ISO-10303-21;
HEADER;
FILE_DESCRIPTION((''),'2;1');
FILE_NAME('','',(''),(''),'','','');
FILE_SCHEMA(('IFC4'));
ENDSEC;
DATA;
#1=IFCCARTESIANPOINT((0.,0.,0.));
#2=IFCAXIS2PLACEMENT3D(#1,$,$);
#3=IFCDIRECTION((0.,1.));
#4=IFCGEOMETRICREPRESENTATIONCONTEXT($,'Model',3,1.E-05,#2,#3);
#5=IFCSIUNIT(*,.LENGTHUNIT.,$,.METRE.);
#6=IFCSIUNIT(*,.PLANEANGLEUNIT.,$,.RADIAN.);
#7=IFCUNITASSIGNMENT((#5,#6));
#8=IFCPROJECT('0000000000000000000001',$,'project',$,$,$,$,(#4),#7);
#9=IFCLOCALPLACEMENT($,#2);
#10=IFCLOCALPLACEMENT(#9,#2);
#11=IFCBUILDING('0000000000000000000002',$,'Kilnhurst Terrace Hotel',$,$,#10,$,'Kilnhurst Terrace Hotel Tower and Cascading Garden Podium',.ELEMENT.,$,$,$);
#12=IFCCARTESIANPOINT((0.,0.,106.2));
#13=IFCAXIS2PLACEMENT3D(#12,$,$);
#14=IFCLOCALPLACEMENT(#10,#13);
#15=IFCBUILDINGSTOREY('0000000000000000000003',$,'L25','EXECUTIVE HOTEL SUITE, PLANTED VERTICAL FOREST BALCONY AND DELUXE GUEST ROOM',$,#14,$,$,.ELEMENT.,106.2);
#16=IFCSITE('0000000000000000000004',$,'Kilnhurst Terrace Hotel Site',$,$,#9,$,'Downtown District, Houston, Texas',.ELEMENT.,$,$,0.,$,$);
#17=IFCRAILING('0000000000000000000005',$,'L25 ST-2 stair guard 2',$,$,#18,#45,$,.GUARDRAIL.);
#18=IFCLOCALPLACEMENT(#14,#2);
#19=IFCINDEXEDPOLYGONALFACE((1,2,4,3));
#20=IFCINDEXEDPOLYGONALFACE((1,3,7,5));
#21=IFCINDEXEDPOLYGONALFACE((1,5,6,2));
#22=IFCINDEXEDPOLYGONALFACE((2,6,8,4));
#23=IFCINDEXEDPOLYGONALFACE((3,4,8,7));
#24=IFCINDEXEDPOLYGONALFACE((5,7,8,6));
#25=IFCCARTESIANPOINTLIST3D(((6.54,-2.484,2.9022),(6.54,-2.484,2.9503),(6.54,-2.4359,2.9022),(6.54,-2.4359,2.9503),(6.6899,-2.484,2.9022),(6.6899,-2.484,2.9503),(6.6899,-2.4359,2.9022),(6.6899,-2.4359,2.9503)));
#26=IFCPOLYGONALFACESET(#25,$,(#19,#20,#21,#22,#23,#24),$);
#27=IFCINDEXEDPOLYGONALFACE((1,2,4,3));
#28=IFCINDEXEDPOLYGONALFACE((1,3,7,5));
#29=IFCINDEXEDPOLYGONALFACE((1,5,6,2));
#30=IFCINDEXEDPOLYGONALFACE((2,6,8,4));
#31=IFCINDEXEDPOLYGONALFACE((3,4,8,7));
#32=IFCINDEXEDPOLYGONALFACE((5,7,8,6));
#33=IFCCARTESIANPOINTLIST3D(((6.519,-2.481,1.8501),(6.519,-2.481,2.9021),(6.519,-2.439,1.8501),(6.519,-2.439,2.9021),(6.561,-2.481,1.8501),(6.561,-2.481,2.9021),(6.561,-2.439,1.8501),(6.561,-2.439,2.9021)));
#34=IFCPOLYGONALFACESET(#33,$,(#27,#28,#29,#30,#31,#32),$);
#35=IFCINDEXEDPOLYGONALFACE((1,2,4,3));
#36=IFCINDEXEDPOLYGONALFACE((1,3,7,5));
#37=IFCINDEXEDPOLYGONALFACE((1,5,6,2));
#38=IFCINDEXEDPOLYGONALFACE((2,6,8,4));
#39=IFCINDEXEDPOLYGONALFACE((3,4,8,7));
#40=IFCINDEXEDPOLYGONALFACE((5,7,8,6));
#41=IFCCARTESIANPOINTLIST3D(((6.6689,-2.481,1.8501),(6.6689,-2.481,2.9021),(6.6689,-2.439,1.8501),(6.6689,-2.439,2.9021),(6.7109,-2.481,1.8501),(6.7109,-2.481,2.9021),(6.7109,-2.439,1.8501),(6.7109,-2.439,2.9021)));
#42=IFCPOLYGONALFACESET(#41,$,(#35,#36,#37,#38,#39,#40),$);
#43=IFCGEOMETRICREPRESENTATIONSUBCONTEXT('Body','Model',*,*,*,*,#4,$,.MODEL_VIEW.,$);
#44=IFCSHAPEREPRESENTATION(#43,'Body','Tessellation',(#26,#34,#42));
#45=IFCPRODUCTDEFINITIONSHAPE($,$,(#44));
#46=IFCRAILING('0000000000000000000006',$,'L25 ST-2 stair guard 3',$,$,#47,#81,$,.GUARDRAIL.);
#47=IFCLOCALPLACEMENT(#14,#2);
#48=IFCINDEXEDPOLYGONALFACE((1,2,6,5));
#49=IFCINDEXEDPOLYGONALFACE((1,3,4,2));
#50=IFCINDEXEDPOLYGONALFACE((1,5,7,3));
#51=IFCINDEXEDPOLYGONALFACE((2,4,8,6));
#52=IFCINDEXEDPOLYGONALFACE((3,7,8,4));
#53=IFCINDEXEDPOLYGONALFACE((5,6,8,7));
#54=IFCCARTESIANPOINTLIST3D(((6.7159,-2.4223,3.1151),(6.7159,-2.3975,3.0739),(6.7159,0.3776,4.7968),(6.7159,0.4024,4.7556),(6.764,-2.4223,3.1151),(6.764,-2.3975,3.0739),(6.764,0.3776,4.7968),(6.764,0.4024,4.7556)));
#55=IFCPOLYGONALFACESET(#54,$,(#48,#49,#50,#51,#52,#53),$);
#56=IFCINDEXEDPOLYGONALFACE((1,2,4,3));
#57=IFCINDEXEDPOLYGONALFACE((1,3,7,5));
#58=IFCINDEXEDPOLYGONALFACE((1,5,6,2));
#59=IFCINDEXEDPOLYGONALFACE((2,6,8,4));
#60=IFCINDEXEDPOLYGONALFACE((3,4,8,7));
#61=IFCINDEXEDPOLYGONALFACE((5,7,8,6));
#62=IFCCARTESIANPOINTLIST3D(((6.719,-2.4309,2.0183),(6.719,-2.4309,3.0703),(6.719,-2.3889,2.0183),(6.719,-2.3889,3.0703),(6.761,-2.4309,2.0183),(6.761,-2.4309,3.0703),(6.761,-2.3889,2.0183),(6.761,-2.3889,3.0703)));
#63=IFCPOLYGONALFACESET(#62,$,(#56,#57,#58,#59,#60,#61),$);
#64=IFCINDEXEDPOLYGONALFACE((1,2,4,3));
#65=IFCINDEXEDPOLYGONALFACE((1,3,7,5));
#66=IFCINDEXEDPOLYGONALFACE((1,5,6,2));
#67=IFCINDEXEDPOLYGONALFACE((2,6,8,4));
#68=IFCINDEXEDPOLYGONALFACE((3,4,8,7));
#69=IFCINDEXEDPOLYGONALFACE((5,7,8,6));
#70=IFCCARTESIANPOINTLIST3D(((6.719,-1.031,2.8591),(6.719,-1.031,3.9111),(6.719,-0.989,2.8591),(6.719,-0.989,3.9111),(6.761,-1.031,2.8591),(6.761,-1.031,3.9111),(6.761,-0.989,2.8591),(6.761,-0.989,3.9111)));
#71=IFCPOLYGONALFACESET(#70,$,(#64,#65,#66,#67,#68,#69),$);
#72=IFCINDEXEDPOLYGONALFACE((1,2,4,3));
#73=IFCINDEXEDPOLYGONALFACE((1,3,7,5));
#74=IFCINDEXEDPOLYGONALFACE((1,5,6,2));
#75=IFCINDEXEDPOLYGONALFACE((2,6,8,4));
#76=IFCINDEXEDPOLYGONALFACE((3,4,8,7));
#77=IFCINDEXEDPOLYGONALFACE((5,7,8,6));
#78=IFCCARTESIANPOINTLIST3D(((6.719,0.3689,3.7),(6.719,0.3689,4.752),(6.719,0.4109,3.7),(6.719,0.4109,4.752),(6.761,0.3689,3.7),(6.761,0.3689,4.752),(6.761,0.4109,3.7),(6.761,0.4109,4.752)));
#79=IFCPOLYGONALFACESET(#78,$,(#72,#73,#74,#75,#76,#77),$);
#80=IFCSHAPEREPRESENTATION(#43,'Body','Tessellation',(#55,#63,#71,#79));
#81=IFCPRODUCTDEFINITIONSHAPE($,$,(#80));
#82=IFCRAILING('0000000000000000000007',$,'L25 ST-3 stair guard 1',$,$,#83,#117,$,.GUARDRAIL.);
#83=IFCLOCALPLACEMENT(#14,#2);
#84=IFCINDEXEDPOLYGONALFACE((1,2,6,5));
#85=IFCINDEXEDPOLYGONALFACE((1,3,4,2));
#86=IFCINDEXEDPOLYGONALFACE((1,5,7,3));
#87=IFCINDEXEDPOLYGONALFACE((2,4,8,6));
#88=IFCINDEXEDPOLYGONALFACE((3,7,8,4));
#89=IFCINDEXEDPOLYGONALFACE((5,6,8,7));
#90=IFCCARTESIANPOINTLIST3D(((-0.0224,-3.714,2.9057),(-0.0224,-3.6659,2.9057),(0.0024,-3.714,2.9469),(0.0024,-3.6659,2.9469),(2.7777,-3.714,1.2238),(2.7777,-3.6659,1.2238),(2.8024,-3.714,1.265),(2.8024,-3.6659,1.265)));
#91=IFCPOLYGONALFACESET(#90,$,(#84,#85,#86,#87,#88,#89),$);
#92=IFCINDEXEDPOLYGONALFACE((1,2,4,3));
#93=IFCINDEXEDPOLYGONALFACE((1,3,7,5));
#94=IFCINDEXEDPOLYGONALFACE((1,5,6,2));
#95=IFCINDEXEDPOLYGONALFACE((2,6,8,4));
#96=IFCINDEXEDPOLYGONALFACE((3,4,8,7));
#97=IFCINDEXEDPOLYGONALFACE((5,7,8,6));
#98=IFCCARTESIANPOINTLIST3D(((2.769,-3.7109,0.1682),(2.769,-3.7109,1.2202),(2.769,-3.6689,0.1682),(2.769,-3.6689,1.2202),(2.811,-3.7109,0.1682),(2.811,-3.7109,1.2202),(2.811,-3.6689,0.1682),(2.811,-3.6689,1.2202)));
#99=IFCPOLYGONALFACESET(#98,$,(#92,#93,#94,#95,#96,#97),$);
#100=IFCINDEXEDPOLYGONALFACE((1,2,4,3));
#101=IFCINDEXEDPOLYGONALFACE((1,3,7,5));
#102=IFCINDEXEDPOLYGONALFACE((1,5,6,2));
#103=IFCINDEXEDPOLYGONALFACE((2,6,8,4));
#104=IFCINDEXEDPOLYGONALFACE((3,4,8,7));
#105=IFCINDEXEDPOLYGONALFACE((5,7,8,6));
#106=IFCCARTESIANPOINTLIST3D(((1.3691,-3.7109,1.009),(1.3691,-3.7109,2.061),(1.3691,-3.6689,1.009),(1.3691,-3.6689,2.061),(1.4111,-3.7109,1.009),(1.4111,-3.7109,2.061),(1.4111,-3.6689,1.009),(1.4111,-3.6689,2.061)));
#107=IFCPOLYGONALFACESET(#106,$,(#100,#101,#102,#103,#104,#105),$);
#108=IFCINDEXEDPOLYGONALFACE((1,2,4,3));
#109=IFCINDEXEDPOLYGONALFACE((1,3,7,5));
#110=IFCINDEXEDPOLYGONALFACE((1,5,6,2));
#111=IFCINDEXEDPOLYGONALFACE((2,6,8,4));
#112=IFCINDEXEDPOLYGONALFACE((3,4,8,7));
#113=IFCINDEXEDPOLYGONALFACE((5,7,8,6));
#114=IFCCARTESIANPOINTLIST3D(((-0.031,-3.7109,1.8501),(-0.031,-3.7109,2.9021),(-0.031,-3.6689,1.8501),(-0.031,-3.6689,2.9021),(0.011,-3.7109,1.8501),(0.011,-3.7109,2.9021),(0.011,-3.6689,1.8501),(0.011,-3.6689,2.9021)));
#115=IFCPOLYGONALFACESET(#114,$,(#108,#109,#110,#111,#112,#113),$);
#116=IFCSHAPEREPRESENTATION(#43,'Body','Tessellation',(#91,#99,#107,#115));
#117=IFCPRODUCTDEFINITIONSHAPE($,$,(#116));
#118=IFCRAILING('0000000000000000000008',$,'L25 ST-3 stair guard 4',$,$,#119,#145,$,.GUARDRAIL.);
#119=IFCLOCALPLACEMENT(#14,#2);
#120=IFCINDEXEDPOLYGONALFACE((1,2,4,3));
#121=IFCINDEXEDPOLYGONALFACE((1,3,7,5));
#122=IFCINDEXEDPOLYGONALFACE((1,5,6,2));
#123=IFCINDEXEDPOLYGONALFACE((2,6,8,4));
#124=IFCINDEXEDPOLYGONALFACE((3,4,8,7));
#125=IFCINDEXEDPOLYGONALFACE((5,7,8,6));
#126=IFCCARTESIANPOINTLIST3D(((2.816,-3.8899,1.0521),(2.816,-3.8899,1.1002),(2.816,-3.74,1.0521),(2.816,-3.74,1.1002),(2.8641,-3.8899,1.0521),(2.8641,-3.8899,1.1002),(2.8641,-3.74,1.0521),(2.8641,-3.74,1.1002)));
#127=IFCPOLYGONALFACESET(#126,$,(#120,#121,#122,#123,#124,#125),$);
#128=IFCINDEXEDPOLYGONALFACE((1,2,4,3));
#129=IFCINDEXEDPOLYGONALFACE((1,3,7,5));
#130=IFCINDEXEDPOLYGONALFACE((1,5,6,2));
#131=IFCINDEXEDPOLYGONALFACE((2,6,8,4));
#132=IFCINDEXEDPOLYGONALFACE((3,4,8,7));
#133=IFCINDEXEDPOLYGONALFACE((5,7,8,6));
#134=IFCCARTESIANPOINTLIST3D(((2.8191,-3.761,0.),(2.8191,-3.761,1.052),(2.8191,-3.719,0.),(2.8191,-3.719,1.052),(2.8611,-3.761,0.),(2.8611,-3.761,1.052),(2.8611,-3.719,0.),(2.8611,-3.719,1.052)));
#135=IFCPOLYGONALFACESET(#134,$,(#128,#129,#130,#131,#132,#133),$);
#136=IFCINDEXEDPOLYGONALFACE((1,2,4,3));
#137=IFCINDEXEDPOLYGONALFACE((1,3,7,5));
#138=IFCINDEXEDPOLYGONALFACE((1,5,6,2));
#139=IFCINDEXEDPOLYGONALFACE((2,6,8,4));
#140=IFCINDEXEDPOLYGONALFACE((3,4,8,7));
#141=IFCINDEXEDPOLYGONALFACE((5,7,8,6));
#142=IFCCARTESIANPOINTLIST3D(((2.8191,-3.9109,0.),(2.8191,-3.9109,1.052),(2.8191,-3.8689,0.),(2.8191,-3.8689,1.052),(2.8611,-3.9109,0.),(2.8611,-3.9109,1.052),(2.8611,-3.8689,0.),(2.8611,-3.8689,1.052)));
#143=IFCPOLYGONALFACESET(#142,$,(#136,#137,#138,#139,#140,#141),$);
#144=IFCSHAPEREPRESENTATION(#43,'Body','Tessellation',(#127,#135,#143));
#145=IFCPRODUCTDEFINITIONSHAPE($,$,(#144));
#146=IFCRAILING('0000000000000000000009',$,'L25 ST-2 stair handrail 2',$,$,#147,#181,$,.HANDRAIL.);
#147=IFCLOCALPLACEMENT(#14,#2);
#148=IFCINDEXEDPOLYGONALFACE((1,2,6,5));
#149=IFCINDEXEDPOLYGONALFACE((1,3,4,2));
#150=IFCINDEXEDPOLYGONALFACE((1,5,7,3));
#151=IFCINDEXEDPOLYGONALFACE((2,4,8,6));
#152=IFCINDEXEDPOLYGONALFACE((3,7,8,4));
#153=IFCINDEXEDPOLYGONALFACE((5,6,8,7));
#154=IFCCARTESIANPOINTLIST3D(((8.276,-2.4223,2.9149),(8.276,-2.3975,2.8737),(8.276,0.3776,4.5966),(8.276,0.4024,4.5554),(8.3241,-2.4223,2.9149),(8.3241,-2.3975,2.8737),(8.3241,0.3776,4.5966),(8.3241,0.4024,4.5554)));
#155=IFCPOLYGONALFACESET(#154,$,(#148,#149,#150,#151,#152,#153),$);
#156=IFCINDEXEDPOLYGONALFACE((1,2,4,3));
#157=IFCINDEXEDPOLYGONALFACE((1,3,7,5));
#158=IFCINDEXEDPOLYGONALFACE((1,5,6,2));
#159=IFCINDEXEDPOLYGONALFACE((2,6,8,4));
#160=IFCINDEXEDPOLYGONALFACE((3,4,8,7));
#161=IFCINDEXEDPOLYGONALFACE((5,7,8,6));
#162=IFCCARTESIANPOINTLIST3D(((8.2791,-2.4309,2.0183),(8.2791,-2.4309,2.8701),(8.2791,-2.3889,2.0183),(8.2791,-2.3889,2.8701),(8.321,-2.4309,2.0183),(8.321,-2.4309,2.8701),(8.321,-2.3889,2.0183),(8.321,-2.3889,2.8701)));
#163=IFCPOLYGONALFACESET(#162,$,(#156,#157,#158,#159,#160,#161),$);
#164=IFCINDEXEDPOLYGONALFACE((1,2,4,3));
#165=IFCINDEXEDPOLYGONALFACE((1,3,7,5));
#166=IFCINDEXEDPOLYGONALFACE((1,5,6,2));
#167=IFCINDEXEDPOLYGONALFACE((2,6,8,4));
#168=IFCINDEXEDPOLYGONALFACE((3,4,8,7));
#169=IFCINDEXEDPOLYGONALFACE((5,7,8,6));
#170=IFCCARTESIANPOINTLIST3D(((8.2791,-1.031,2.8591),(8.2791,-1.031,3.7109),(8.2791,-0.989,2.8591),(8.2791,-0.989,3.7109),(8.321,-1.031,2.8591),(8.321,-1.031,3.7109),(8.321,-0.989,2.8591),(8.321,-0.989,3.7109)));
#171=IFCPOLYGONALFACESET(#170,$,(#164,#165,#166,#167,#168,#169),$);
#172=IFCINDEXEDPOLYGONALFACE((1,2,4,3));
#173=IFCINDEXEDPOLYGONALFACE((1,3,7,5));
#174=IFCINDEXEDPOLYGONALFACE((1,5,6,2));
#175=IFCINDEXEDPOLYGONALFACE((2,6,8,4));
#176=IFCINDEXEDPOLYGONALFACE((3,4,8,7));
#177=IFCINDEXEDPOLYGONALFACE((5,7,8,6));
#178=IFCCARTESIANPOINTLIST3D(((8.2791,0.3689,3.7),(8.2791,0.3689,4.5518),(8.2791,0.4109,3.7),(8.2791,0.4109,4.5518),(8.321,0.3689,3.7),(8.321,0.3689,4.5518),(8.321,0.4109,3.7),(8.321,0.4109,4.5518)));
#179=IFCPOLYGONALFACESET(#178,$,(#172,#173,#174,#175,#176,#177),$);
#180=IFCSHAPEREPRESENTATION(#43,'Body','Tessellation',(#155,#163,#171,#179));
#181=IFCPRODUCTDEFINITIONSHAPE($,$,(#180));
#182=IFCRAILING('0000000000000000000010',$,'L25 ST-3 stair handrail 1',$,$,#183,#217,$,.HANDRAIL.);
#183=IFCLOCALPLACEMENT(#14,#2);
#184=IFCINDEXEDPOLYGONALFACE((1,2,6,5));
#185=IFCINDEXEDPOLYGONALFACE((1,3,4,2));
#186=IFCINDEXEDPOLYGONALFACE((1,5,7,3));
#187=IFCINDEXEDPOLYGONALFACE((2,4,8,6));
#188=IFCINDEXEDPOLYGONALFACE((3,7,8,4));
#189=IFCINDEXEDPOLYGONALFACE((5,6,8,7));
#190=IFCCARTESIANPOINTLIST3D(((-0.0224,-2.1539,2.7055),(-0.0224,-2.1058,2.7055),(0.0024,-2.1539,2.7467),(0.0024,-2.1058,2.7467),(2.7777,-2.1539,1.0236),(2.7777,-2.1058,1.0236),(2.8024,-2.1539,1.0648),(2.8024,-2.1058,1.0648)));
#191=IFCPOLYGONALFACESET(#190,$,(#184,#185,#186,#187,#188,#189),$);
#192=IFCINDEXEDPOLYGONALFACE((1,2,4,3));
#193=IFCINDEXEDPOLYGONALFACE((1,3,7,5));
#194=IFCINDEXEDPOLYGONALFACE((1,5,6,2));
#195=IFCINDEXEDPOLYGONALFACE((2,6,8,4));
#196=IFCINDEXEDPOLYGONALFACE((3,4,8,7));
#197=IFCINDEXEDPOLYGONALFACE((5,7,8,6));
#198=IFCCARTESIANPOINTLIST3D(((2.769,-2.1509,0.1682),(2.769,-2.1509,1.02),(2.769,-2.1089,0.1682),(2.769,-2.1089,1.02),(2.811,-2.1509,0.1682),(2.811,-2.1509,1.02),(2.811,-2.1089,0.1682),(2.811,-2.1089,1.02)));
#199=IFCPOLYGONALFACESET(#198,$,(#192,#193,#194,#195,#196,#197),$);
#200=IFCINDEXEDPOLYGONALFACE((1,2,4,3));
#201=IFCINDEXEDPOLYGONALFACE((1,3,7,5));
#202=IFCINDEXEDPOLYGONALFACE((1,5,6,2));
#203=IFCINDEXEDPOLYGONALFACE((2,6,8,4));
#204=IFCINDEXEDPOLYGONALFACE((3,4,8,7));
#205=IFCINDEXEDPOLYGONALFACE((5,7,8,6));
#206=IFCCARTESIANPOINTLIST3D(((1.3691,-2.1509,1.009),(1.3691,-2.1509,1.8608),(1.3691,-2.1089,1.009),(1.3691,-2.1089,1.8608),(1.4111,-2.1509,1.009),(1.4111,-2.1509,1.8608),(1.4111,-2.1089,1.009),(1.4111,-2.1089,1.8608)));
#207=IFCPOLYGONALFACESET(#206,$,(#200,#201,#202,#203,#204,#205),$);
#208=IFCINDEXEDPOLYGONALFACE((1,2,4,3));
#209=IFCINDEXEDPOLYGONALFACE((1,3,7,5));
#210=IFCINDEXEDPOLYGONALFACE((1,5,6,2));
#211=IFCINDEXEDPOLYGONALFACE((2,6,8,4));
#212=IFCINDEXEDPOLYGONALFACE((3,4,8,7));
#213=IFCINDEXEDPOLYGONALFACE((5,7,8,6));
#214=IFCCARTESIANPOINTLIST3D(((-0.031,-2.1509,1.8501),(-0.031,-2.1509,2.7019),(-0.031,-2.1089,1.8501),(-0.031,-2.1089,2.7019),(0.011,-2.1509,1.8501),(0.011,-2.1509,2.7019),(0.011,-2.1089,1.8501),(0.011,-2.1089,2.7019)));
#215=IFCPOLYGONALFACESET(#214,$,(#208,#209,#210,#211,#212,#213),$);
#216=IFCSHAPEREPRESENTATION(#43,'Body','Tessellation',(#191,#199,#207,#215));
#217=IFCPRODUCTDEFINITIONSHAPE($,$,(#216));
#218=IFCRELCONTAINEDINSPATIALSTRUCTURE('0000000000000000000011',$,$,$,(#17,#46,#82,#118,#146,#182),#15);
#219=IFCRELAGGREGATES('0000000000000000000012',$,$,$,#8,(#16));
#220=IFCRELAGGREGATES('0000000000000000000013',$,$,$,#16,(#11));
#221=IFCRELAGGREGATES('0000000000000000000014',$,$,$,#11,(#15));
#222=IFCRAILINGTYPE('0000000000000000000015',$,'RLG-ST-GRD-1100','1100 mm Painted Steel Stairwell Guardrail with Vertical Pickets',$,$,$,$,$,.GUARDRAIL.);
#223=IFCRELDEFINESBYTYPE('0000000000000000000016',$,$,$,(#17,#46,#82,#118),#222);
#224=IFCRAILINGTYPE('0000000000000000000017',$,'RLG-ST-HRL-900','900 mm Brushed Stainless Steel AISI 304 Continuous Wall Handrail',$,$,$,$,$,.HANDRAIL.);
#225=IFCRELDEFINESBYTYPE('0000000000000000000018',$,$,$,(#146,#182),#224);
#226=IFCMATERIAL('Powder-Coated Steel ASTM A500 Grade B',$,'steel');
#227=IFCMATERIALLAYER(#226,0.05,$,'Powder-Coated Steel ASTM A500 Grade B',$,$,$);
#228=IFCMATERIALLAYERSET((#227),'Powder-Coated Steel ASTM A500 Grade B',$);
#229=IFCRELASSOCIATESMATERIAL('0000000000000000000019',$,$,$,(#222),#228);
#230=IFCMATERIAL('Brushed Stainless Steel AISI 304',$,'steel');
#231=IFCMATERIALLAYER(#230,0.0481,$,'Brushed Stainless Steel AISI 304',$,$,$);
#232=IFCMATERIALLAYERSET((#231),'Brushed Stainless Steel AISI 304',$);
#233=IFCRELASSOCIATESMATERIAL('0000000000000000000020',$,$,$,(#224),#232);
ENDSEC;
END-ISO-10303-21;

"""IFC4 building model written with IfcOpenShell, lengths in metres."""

from ifc_helpers import new_model, si_unit, direction, frame, origin, origin_2d, place, context, subcontext, project, spatial, rectangle, extrude, material, layer, layer_set, type_object, element, save


model = new_model("IFC4")

# Units and contexts
model_context = context("Model", 3, precision=1e-05, world=origin(), true_north=direction((0.0, 1.0)))
body_context = subcontext(model_context, "Body", "Model", "MODEL_VIEW")
ifc_project = project(units=[si_unit("LENGTHUNIT", "METRE"), si_unit("PLANEANGLEUNIT", "RADIAN")], contexts=[model_context])

# Site, building, storey
site_placement = place(None, origin())
site = spatial("IfcSite", under=ifc_project, at=site_placement, Name="Kilnhurst Terrace Hotel Site", LongName="Downtown District, Houston, Texas", CompositionType="ELEMENT", RefElevation=0.0)
building_placement = place(site_placement, origin())
building = spatial("IfcBuilding", under=site, at=building_placement, Name="Kilnhurst Terrace Hotel", LongName="Kilnhurst Terrace Hotel Tower and Cascading Garden Podium", CompositionType="ELEMENT")
storey_placement = place(building_placement, frame((0.0, 0.0, 106.2)))
storey = spatial("IfcBuildingStorey", under=building, at=storey_placement, Name="L25", Description="EXECUTIVE HOTEL SUITE, PLANTED VERTICAL FOREST BALCONY AND DELUXE GUEST ROOM", CompositionType="ELEMENT", Elevation=106.2)

# Railings
ifc_material_1 = material(Name="Powder-Coated Steel ASTM A500 Grade B", Category="steel")
ifc_layer_1 = layer(ifc_material_1, 0.05, Name="Powder-Coated Steel ASTM A500 Grade B")
ifc_layer_set_1 = layer_set([ifc_layer_1], Name="Powder-Coated Steel ASTM A500 Grade B")
railing_type_1 = type_object("IfcRailingType", Name="RLG-ST-GRD-1100", Description="1100 mm Painted Steel Stairwell Guardrail with Vertical Pickets", PredefinedType="GUARDRAIL", material=ifc_layer_set_1)
railing_1_placement = place(storey_placement, frame((6.54, -2.46, 1.8501)))
element("IfcRailing", 1, at=railing_1_placement, inside=storey, type_object=railing_type_1, Name="L25 ST-2 stair guard 2", PredefinedType="GUARDRAIL", context=body_context, shape_type="SweptSolid", body=[
    extrude(rectangle(XDim=0.0481, YDim=0.0481, at=origin_2d()), frame((0.0, 0.0, 1.0762), z_axis=(1.0, 0.0, 0.0), x_axis=(0.0, 1.0, 0.0)), (0.0, 0.0, 1.0), 0.1499),
    extrude(rectangle(XDim=0.042, YDim=0.042, at=origin_2d()), origin(), (0.0, 0.0, 1.0), 1.052),
    extrude(rectangle(XDim=0.042, YDim=0.042, at=origin_2d()), frame((0.1499, 0.0, 0.0)), (0.0, 0.0, 1.0), 1.052),
])
railing_2_placement = place(storey_placement, frame((6.74, -2.4099, 2.0183)))
element("IfcRailing", 2, at=railing_2_placement, inside=storey, type_object=railing_type_1, Name="L25 ST-2 stair guard 3", PredefinedType="GUARDRAIL", context=body_context, shape_type="SweptSolid", body=[
    extrude(rectangle(XDim=0.0481, YDim=0.0481, at=origin_2d()), frame((0.0, 0.0, 1.0762), z_axis=(0.0, 0.857255, 0.514891), x_axis=(-1.0, 0.0, 0.0)), (0.0, 0.0, 1.0), 3.2661),
    extrude(rectangle(XDim=0.042, YDim=0.042, at=origin_2d()), origin(), (0.0, 0.0, 1.0), 1.052),
    extrude(rectangle(XDim=0.042, YDim=0.042, at=origin_2d()), frame((0.0, 1.3999, 0.8408)), (0.0, 0.0, 1.0), 1.052),
    extrude(rectangle(XDim=0.042, YDim=0.042, at=origin_2d()), frame((0.0, 2.7998, 1.6816)), (0.0, 0.0, 1.0), 1.052),
])
railing_3_placement = place(storey_placement, frame((2.79, -3.6899, 0.1682)))
element("IfcRailing", 3, at=railing_3_placement, inside=storey, type_object=railing_type_1, Name="L25 ST-3 stair guard 1", PredefinedType="GUARDRAIL", context=body_context, shape_type="SweptSolid", body=[
    extrude(rectangle(XDim=0.0481, YDim=0.0481, at=origin_2d()), frame((0.0, 0.0, 1.0762), z_axis=(-0.857242, 0.0, 0.514913), x_axis=(0.0, -1.0, 0.0)), (0.0, 0.0, 1.0), 3.2664),
    extrude(rectangle(XDim=0.042, YDim=0.042, at=origin_2d()), origin(), (0.0, 0.0, 1.0), 1.052),
    extrude(rectangle(XDim=0.042, YDim=0.042, at=origin_2d()), frame((-1.3999, 0.0, 0.8408)), (0.0, 0.0, 1.0), 1.052),
    extrude(rectangle(XDim=0.042, YDim=0.042, at=origin_2d()), frame((-2.8, 0.0, 1.6819)), (0.0, 0.0, 1.0), 1.052),
])
railing_4_placement = place(storey_placement, frame((2.8401, -3.74, 0.0)))
element("IfcRailing", 4, at=railing_4_placement, inside=storey, type_object=railing_type_1, Name="L25 ST-3 stair guard 4", PredefinedType="GUARDRAIL", context=body_context, shape_type="SweptSolid", body=[
    extrude(rectangle(XDim=0.0481, YDim=0.0481, at=origin_2d()), frame((0.0, 0.0, 1.0762), z_axis=(0.0, -1.0, 0.0), x_axis=(1.0, 0.0, 0.0)), (0.0, 0.0, 1.0), 0.1499),
    extrude(rectangle(XDim=0.042, YDim=0.042, at=origin_2d()), origin(), (0.0, 0.0, 1.0), 1.052),
    extrude(rectangle(XDim=0.042, YDim=0.042, at=origin_2d()), frame((0.0, -0.1499, 0.0)), (0.0, 0.0, 1.0), 1.052),
])
ifc_material_2 = material(Name="Brushed Stainless Steel AISI 304", Category="steel")
ifc_layer_2 = layer(ifc_material_2, 0.0481, Name="Brushed Stainless Steel AISI 304")
ifc_layer_set_2 = layer_set([ifc_layer_2], Name="Brushed Stainless Steel AISI 304")
railing_type_2 = type_object("IfcRailingType", Name="RLG-ST-HRL-900", Description="900 mm Brushed Stainless Steel AISI 304 Continuous Wall Handrail", PredefinedType="HANDRAIL", material=ifc_layer_set_2)
railing_5_placement = place(storey_placement, frame((8.3, -2.4099, 2.0183)))
element("IfcRailing", 5, at=railing_5_placement, inside=storey, type_object=railing_type_2, Name="L25 ST-2 stair handrail 2", PredefinedType="HANDRAIL", context=body_context, shape_type="SweptSolid", body=[
    extrude(rectangle(XDim=0.0481, YDim=0.0481, at=origin_2d()), frame((0.0, 0.0, 0.876), z_axis=(0.0, 0.857255, 0.514891), x_axis=(-1.0, 0.0, 0.0)), (0.0, 0.0, 1.0), 3.2661),
    extrude(rectangle(XDim=0.042, YDim=0.042, at=origin_2d()), origin(), (0.0, 0.0, 1.0), 0.8518),
    extrude(rectangle(XDim=0.042, YDim=0.042, at=origin_2d()), frame((0.0, 1.3999, 0.8408)), (0.0, 0.0, 1.0), 0.8518),
    extrude(rectangle(XDim=0.042, YDim=0.042, at=origin_2d()), frame((0.0, 2.7998, 1.6816)), (0.0, 0.0, 1.0), 0.8518),
])
railing_6_placement = place(storey_placement, frame((2.79, -2.1299, 0.1682)))
element("IfcRailing", 6, at=railing_6_placement, inside=storey, type_object=railing_type_2, Name="L25 ST-3 stair handrail 1", PredefinedType="HANDRAIL", context=body_context, shape_type="SweptSolid", body=[
    extrude(rectangle(XDim=0.0481, YDim=0.0481, at=origin_2d()), frame((0.0, 0.0, 0.876), z_axis=(-0.857242, 0.0, 0.514913), x_axis=(0.0, -1.0, 0.0)), (0.0, 0.0, 1.0), 3.2664),
    extrude(rectangle(XDim=0.042, YDim=0.042, at=origin_2d()), origin(), (0.0, 0.0, 1.0), 0.8518),
    extrude(rectangle(XDim=0.042, YDim=0.042, at=origin_2d()), frame((-1.3999, 0.0, 0.8408)), (0.0, 0.0, 1.0), 0.8518),
    extrude(rectangle(XDim=0.042, YDim=0.042, at=origin_2d()), frame((-2.8, 0.0, 1.6819)), (0.0, 0.0, 1.0), 0.8518),
])

save(model, "model.ifc")
